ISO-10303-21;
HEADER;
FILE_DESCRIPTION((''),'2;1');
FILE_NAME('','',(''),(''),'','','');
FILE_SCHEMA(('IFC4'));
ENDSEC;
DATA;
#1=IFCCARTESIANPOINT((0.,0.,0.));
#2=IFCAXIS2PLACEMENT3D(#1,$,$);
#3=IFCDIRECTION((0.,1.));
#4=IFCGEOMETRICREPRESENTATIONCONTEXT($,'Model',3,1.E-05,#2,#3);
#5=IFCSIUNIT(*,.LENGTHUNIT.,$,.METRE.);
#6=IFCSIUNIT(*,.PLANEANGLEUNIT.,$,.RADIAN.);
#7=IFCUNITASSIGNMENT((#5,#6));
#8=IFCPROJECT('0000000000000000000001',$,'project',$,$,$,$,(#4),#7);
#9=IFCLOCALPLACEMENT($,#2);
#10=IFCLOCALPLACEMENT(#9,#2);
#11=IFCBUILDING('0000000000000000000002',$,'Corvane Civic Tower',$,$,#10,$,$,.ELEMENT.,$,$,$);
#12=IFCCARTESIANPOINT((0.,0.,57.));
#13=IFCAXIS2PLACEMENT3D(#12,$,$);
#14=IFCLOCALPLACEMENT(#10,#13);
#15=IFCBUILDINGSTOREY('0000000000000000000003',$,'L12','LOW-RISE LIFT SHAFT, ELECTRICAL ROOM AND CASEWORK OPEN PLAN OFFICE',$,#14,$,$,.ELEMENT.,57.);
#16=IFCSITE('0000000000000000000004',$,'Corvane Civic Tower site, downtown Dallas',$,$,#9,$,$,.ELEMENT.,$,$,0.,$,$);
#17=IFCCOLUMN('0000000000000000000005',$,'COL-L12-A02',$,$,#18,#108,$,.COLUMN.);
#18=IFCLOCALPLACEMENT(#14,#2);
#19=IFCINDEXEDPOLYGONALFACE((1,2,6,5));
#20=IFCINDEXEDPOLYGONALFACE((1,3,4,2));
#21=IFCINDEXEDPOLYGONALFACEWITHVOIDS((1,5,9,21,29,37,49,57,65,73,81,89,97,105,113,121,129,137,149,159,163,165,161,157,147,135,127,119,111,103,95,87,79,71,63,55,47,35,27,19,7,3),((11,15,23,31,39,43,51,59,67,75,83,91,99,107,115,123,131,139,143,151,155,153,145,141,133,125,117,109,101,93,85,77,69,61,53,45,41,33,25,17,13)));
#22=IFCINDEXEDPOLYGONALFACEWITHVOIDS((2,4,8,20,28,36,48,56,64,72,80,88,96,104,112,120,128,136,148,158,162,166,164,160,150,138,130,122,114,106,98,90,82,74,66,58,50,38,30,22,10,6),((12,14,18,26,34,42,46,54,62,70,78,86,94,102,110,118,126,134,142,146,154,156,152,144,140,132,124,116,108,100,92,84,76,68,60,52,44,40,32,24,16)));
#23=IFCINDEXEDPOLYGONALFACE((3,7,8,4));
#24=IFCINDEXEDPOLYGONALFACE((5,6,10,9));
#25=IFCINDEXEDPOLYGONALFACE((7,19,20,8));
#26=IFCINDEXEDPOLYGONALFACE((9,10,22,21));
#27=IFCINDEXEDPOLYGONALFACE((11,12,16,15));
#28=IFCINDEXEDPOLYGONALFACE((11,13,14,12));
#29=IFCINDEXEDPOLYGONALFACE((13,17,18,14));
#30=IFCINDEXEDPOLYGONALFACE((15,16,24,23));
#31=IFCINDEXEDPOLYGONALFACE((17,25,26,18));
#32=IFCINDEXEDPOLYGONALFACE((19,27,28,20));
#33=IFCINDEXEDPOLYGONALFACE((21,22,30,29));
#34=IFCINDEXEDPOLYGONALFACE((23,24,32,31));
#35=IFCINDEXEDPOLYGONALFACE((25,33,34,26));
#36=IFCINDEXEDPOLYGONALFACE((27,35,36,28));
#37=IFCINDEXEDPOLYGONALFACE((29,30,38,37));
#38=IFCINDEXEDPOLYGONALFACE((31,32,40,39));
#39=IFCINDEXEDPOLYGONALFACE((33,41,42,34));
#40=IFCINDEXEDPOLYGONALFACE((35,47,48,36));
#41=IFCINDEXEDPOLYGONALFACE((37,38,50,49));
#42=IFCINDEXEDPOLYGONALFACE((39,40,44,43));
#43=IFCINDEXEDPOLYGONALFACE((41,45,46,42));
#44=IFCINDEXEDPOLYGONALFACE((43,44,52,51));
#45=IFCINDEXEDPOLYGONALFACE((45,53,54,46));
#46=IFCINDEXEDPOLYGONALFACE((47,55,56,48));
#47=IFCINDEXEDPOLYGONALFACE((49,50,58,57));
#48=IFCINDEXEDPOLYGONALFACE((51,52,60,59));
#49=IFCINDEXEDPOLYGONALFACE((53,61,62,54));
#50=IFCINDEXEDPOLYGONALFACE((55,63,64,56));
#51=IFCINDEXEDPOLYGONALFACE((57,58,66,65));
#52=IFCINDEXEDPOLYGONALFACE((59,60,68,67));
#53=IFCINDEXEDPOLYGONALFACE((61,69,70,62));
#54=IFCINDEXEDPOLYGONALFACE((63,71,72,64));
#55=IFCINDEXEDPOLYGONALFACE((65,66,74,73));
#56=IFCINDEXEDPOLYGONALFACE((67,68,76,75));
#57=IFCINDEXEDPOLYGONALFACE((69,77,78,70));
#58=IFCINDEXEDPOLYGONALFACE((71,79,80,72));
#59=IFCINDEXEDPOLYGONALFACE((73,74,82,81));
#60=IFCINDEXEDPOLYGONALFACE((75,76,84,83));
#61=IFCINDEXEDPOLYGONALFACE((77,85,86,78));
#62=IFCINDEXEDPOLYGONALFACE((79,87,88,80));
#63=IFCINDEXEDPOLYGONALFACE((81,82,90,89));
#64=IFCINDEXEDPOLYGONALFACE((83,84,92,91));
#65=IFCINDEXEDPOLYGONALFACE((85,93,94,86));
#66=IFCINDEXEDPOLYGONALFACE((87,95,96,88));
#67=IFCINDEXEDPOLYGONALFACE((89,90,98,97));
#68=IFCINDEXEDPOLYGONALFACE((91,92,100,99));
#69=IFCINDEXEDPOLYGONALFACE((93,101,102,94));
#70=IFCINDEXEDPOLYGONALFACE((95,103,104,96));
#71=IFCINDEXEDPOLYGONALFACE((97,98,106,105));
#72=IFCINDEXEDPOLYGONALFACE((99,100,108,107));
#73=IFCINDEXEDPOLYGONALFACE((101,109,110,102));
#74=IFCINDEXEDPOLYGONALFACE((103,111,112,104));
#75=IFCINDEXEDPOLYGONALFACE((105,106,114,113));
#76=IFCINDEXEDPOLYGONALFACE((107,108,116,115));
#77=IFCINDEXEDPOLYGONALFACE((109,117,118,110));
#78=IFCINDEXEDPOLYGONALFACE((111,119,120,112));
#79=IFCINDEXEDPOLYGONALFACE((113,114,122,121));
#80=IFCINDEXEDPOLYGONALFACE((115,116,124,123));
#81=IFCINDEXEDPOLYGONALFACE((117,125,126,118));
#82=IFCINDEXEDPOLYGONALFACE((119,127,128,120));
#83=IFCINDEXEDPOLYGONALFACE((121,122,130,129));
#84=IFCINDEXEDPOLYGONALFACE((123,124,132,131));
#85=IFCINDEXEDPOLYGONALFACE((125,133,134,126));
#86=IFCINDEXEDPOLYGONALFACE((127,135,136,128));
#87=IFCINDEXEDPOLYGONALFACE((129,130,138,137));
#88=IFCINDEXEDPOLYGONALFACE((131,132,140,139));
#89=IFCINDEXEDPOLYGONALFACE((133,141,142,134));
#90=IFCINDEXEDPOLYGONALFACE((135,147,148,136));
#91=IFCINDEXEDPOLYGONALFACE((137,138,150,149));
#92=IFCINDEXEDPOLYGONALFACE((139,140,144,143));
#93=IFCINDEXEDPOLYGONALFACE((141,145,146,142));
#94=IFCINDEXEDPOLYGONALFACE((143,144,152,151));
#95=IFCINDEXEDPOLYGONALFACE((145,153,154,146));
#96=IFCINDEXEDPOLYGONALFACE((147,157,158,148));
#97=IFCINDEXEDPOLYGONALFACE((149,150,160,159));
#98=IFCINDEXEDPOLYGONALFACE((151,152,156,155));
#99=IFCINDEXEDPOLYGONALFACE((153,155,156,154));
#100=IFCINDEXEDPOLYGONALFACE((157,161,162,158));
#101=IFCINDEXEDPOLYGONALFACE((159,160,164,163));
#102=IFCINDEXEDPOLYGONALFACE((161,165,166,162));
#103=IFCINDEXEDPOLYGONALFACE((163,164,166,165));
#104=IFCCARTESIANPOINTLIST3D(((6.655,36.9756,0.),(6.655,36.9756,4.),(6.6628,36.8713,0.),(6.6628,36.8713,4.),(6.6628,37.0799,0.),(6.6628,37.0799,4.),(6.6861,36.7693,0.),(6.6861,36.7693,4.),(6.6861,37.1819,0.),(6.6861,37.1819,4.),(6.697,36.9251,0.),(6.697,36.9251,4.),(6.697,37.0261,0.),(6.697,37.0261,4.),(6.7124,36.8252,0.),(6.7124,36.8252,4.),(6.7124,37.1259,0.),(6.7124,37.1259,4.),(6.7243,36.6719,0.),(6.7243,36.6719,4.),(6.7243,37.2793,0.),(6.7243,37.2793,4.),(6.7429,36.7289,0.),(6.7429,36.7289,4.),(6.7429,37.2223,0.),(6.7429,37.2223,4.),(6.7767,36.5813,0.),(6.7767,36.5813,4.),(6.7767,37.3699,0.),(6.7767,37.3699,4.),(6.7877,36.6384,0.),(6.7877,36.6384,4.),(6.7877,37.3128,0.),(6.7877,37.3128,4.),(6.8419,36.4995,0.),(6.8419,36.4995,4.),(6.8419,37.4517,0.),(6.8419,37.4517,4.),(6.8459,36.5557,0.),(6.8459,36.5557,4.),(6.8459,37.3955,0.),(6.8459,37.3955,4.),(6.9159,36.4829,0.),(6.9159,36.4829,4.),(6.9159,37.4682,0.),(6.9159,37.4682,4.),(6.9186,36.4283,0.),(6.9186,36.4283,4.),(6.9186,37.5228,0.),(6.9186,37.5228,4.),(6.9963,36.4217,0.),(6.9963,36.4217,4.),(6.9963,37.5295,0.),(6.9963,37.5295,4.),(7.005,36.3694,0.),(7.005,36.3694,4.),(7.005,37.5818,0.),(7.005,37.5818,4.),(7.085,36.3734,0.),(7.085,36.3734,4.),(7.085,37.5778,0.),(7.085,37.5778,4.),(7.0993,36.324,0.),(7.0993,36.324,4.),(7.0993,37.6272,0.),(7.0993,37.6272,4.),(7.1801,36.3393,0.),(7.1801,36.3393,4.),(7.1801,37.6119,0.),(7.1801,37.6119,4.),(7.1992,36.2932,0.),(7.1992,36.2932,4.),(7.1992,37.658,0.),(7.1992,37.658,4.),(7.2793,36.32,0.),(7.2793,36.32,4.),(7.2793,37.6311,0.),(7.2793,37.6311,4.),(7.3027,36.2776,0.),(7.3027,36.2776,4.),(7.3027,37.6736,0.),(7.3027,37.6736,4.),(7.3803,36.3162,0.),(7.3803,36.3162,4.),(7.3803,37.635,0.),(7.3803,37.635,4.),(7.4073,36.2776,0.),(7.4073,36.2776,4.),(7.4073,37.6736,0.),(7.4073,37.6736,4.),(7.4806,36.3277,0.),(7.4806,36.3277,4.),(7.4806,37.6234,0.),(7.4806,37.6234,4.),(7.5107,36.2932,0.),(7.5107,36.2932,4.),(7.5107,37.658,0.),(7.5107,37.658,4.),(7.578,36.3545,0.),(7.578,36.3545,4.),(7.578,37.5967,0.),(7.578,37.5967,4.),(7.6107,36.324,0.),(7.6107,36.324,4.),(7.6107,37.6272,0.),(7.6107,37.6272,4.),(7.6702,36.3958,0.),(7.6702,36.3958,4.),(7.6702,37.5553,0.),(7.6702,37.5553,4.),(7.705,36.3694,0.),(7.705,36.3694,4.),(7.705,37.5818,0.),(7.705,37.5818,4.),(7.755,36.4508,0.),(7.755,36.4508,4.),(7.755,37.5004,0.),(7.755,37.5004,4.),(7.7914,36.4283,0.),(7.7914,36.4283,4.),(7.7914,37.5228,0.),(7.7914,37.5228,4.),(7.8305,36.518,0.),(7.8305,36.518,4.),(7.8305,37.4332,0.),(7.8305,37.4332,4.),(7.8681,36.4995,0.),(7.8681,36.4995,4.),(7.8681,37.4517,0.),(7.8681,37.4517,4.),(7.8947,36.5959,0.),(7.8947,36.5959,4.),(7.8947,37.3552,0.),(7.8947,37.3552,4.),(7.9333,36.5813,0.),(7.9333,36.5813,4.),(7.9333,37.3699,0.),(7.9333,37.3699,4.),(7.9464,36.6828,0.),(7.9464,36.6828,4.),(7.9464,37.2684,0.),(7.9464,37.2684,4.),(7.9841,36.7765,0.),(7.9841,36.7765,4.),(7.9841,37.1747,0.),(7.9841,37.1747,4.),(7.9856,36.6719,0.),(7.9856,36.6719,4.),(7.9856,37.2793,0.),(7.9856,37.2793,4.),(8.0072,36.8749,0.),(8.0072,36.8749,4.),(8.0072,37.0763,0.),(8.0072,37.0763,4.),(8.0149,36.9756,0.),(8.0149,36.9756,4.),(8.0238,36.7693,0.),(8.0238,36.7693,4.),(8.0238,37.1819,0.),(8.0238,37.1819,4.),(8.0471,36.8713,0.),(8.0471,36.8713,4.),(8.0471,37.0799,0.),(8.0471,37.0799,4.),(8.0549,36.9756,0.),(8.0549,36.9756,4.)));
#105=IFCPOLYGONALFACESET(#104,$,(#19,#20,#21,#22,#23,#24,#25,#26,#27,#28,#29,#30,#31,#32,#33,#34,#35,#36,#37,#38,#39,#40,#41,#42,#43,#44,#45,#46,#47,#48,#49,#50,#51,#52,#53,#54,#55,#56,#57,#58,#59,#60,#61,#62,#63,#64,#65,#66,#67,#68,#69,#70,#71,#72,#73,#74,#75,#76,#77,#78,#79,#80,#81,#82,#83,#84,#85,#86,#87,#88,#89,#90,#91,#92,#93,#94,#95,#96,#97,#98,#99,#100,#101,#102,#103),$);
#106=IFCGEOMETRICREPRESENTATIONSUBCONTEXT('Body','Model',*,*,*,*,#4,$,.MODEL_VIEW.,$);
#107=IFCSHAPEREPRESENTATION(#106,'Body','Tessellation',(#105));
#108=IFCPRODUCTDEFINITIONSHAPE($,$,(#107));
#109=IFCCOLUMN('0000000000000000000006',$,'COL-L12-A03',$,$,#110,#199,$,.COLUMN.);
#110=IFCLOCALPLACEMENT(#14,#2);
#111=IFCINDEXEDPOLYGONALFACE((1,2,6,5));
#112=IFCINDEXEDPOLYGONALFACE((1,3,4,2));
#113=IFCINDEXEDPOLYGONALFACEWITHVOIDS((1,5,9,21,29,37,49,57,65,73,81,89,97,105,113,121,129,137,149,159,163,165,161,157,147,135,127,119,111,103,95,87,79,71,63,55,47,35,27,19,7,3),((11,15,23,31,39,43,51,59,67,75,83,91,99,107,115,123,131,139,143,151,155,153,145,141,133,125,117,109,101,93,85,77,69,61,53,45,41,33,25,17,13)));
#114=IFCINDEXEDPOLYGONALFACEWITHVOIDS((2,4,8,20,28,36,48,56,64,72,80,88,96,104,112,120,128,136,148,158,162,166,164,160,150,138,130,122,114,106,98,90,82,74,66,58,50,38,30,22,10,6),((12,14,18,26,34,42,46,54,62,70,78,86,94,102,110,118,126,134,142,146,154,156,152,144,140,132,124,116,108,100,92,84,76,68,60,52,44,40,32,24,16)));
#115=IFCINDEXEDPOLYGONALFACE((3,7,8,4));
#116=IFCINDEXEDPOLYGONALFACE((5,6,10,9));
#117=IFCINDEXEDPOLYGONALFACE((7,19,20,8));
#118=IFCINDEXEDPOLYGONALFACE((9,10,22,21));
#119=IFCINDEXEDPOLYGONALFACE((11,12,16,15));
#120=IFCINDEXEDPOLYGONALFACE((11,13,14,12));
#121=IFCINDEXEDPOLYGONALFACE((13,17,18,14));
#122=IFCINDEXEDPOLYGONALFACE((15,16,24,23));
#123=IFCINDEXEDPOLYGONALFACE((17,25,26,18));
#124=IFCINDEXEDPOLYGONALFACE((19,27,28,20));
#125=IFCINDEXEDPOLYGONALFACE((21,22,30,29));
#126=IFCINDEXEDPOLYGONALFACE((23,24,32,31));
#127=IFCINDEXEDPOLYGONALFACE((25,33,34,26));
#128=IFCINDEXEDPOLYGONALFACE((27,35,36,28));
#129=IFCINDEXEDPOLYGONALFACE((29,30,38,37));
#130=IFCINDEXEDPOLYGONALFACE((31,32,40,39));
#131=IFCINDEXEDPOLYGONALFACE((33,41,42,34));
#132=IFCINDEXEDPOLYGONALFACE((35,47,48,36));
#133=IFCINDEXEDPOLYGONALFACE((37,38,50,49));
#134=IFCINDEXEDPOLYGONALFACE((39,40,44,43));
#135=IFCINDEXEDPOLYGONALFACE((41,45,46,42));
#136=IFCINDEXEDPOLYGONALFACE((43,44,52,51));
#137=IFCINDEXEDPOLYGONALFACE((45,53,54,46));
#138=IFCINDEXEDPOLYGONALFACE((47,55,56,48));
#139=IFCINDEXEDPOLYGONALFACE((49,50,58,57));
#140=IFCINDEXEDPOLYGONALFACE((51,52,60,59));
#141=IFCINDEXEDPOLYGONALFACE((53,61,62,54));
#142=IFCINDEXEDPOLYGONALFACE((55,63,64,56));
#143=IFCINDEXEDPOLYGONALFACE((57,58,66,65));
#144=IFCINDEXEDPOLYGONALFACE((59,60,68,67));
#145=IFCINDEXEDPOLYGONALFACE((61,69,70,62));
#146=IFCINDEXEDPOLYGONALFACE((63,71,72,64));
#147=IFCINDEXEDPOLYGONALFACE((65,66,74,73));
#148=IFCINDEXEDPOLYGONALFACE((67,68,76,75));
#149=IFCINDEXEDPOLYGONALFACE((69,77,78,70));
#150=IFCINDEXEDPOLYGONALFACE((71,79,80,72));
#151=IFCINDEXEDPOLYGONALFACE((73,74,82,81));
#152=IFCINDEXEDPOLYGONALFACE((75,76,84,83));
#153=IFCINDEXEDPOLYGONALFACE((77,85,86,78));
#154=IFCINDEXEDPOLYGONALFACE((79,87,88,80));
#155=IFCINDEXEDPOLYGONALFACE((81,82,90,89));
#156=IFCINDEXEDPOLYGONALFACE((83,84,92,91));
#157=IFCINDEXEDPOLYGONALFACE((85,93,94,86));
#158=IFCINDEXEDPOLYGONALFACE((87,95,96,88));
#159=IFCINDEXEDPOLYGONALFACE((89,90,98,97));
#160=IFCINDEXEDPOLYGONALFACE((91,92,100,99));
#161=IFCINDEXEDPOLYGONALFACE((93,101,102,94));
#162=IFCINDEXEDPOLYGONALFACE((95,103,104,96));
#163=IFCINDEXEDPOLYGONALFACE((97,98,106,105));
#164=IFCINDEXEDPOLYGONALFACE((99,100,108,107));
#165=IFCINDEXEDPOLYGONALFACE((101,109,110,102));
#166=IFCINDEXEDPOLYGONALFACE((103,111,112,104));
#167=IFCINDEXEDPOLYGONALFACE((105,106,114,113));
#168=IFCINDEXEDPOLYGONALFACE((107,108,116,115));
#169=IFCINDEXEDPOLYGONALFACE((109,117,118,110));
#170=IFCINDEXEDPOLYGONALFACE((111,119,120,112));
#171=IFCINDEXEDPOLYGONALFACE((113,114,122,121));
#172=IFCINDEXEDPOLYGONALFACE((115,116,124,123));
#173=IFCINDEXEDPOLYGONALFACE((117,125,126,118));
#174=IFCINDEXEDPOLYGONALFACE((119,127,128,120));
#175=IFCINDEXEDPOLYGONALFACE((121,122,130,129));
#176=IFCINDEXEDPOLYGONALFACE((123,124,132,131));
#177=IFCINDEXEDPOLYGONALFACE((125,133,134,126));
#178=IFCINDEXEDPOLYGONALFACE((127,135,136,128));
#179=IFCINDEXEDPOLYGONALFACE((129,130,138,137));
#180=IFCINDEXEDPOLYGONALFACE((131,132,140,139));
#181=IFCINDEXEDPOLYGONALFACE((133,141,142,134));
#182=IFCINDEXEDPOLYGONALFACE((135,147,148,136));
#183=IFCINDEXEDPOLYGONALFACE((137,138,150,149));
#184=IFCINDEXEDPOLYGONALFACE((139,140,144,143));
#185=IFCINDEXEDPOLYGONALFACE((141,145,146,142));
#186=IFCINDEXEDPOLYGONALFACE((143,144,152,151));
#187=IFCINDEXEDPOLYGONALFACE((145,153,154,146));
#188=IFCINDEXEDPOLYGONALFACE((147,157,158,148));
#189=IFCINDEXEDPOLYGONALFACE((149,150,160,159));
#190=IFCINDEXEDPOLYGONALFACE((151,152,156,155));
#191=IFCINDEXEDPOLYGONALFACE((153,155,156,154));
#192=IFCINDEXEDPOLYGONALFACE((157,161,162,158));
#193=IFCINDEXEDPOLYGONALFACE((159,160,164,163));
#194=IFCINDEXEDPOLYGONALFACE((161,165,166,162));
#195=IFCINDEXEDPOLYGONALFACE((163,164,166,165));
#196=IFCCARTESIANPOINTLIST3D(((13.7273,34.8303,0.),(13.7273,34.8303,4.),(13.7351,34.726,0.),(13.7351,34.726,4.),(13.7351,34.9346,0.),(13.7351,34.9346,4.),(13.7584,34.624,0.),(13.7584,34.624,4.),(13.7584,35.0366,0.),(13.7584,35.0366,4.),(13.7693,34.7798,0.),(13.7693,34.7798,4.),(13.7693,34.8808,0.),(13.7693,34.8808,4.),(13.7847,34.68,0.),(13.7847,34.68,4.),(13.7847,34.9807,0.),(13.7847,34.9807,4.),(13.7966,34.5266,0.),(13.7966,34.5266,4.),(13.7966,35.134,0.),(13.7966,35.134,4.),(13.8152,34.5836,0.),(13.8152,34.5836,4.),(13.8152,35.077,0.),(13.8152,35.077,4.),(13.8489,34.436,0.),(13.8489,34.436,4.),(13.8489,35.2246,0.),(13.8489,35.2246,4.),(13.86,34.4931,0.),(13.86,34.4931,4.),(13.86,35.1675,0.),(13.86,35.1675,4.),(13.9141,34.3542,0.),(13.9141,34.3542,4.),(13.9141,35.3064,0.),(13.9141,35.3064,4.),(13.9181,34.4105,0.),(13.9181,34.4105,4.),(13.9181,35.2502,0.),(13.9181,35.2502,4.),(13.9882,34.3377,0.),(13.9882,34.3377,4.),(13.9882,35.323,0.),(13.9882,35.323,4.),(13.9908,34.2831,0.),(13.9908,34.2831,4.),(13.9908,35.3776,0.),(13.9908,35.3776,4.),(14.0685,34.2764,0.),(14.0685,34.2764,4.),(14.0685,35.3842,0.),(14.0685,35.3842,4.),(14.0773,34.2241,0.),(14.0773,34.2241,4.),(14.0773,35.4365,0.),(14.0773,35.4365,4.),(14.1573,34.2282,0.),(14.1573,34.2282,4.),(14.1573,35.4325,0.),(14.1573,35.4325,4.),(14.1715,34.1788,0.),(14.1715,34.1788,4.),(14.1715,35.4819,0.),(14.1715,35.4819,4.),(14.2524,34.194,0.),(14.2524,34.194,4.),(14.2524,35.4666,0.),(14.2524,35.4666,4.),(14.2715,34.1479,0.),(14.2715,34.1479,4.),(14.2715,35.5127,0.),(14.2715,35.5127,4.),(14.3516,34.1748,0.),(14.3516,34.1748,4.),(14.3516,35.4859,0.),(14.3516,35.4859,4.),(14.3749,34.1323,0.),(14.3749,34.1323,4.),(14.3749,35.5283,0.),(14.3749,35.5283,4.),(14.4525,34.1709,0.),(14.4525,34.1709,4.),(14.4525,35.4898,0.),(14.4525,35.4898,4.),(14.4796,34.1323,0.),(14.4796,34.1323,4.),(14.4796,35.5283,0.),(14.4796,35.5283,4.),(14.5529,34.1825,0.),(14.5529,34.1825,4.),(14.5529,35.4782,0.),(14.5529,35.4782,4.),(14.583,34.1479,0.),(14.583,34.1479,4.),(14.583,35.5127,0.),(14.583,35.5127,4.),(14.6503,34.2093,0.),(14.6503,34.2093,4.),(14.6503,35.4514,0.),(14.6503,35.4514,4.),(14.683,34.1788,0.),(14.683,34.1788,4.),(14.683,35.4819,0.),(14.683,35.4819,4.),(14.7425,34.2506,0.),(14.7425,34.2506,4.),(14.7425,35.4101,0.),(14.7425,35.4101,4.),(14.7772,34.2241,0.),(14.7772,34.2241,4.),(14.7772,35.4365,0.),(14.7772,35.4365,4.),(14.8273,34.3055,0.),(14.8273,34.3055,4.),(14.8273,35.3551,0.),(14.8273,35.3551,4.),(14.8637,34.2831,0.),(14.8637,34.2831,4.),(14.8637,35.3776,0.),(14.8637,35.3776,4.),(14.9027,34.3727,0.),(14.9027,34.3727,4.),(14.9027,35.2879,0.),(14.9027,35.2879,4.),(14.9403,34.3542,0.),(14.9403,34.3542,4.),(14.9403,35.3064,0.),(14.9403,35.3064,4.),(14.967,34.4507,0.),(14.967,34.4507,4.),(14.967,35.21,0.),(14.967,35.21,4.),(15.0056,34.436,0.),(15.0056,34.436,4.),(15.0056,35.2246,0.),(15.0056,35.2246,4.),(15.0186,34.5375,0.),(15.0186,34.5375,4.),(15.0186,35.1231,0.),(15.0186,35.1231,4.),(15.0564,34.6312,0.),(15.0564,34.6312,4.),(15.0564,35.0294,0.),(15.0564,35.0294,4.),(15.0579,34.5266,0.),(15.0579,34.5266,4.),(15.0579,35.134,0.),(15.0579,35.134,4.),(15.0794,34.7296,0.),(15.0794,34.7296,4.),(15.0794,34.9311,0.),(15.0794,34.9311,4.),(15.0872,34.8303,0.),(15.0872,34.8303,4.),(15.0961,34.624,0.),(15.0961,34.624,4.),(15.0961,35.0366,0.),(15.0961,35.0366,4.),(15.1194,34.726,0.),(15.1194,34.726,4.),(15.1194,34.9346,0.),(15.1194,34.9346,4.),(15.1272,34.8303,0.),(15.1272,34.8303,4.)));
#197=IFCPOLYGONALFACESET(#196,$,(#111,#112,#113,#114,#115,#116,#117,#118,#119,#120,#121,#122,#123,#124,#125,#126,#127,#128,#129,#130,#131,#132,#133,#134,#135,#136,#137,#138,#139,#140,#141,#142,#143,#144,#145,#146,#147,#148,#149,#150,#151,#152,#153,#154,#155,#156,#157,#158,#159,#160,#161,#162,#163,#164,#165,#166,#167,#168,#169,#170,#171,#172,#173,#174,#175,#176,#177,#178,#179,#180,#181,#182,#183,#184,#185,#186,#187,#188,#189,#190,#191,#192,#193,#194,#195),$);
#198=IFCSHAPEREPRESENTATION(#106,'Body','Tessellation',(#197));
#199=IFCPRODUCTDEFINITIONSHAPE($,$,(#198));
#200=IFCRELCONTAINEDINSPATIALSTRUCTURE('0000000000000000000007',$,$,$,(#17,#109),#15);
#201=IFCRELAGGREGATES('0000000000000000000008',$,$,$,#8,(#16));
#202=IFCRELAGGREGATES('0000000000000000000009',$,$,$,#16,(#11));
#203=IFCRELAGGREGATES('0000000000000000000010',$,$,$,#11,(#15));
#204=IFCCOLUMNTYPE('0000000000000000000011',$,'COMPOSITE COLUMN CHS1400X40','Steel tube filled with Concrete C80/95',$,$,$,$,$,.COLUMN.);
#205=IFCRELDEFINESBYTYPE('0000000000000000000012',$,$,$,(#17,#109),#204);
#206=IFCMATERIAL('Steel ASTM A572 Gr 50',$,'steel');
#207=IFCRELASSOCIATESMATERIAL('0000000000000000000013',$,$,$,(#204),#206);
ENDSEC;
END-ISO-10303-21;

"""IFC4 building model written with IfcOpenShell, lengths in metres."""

from ifc_helpers import new_model, si_unit, direction, frame, origin, origin_2d, place, context, subcontext, project, spatial, hollow_circle, extrude, material, material_profile, profile_set, type_object, element, save


model = new_model("IFC4")

# Units and contexts
model_context = context("Model", 3, precision=1e-05, world=origin(), true_north=direction((0.0, 1.0)))
body_context = subcontext(model_context, "Body", "Model", "MODEL_VIEW")
ifc_project = project(units=[si_unit("LENGTHUNIT", "METRE"), si_unit("PLANEANGLEUNIT", "RADIAN")], contexts=[model_context])

# Site, building, storey
site_placement = place(None, origin())
site = spatial("IfcSite", under=ifc_project, at=site_placement, Name="Corvane Civic Tower site, downtown Dallas", CompositionType="ELEMENT", RefElevation=0.0)
building_placement = place(site_placement, origin())
building = spatial("IfcBuilding", under=site, at=building_placement, Name="Corvane Civic Tower", CompositionType="ELEMENT")
storey_placement = place(building_placement, frame((0.0, 0.0, 57.0)))
storey = spatial("IfcBuildingStorey", under=building, at=storey_placement, Name="L12", Description="LOW-RISE LIFT SHAFT, ELECTRICAL ROOM AND CASEWORK OPEN PLAN OFFICE", CompositionType="ELEMENT", Elevation=57.0)

# Columns
ifc_material_1 = material(Name="Steel ASTM A572 Gr 50", Category="steel")
ifc_material_profile_1 = material_profile(ifc_material_1, hollow_circle(Radius=0.7, WallThickness=0.04, at=origin_2d()), Name="CHS1400X40")
ifc_profile_set_1 = profile_set([ifc_material_profile_1], Name="Steel ASTM A572 Gr 50")
column_type = type_object("IfcColumnType", Name="COMPOSITE COLUMN CHS1400X40", Description="Steel tube filled with Concrete C80/95", PredefinedType="COLUMN", material=ifc_profile_set_1)
for number, where, z_axis, x_axis, name in (
    (1, (7.355, 36.9756, 0.0), (0.0, 0.0, 1.0), (1.0, 0.0, 0.0), "COL-L12-A02"),
    (2, (14.4272, 34.8303, 0.0), (0.0, 0.0, 1.0), (1.0, 0.0, 0.0), "COL-L12-A03"),
):
    element("IfcColumn", number, at=place(storey_placement, frame(where, z_axis=z_axis, x_axis=x_axis)), inside=storey, type_object=column_type, Name=name, PredefinedType="COLUMN", context=body_context, shape_type="SweptSolid", body=[
        extrude(hollow_circle(Radius=0.7, WallThickness=0.04, at=origin_2d()), origin(), (0.0, 0.0, 1.0), 4.0),
    ])

save(model, "model.ifc")
